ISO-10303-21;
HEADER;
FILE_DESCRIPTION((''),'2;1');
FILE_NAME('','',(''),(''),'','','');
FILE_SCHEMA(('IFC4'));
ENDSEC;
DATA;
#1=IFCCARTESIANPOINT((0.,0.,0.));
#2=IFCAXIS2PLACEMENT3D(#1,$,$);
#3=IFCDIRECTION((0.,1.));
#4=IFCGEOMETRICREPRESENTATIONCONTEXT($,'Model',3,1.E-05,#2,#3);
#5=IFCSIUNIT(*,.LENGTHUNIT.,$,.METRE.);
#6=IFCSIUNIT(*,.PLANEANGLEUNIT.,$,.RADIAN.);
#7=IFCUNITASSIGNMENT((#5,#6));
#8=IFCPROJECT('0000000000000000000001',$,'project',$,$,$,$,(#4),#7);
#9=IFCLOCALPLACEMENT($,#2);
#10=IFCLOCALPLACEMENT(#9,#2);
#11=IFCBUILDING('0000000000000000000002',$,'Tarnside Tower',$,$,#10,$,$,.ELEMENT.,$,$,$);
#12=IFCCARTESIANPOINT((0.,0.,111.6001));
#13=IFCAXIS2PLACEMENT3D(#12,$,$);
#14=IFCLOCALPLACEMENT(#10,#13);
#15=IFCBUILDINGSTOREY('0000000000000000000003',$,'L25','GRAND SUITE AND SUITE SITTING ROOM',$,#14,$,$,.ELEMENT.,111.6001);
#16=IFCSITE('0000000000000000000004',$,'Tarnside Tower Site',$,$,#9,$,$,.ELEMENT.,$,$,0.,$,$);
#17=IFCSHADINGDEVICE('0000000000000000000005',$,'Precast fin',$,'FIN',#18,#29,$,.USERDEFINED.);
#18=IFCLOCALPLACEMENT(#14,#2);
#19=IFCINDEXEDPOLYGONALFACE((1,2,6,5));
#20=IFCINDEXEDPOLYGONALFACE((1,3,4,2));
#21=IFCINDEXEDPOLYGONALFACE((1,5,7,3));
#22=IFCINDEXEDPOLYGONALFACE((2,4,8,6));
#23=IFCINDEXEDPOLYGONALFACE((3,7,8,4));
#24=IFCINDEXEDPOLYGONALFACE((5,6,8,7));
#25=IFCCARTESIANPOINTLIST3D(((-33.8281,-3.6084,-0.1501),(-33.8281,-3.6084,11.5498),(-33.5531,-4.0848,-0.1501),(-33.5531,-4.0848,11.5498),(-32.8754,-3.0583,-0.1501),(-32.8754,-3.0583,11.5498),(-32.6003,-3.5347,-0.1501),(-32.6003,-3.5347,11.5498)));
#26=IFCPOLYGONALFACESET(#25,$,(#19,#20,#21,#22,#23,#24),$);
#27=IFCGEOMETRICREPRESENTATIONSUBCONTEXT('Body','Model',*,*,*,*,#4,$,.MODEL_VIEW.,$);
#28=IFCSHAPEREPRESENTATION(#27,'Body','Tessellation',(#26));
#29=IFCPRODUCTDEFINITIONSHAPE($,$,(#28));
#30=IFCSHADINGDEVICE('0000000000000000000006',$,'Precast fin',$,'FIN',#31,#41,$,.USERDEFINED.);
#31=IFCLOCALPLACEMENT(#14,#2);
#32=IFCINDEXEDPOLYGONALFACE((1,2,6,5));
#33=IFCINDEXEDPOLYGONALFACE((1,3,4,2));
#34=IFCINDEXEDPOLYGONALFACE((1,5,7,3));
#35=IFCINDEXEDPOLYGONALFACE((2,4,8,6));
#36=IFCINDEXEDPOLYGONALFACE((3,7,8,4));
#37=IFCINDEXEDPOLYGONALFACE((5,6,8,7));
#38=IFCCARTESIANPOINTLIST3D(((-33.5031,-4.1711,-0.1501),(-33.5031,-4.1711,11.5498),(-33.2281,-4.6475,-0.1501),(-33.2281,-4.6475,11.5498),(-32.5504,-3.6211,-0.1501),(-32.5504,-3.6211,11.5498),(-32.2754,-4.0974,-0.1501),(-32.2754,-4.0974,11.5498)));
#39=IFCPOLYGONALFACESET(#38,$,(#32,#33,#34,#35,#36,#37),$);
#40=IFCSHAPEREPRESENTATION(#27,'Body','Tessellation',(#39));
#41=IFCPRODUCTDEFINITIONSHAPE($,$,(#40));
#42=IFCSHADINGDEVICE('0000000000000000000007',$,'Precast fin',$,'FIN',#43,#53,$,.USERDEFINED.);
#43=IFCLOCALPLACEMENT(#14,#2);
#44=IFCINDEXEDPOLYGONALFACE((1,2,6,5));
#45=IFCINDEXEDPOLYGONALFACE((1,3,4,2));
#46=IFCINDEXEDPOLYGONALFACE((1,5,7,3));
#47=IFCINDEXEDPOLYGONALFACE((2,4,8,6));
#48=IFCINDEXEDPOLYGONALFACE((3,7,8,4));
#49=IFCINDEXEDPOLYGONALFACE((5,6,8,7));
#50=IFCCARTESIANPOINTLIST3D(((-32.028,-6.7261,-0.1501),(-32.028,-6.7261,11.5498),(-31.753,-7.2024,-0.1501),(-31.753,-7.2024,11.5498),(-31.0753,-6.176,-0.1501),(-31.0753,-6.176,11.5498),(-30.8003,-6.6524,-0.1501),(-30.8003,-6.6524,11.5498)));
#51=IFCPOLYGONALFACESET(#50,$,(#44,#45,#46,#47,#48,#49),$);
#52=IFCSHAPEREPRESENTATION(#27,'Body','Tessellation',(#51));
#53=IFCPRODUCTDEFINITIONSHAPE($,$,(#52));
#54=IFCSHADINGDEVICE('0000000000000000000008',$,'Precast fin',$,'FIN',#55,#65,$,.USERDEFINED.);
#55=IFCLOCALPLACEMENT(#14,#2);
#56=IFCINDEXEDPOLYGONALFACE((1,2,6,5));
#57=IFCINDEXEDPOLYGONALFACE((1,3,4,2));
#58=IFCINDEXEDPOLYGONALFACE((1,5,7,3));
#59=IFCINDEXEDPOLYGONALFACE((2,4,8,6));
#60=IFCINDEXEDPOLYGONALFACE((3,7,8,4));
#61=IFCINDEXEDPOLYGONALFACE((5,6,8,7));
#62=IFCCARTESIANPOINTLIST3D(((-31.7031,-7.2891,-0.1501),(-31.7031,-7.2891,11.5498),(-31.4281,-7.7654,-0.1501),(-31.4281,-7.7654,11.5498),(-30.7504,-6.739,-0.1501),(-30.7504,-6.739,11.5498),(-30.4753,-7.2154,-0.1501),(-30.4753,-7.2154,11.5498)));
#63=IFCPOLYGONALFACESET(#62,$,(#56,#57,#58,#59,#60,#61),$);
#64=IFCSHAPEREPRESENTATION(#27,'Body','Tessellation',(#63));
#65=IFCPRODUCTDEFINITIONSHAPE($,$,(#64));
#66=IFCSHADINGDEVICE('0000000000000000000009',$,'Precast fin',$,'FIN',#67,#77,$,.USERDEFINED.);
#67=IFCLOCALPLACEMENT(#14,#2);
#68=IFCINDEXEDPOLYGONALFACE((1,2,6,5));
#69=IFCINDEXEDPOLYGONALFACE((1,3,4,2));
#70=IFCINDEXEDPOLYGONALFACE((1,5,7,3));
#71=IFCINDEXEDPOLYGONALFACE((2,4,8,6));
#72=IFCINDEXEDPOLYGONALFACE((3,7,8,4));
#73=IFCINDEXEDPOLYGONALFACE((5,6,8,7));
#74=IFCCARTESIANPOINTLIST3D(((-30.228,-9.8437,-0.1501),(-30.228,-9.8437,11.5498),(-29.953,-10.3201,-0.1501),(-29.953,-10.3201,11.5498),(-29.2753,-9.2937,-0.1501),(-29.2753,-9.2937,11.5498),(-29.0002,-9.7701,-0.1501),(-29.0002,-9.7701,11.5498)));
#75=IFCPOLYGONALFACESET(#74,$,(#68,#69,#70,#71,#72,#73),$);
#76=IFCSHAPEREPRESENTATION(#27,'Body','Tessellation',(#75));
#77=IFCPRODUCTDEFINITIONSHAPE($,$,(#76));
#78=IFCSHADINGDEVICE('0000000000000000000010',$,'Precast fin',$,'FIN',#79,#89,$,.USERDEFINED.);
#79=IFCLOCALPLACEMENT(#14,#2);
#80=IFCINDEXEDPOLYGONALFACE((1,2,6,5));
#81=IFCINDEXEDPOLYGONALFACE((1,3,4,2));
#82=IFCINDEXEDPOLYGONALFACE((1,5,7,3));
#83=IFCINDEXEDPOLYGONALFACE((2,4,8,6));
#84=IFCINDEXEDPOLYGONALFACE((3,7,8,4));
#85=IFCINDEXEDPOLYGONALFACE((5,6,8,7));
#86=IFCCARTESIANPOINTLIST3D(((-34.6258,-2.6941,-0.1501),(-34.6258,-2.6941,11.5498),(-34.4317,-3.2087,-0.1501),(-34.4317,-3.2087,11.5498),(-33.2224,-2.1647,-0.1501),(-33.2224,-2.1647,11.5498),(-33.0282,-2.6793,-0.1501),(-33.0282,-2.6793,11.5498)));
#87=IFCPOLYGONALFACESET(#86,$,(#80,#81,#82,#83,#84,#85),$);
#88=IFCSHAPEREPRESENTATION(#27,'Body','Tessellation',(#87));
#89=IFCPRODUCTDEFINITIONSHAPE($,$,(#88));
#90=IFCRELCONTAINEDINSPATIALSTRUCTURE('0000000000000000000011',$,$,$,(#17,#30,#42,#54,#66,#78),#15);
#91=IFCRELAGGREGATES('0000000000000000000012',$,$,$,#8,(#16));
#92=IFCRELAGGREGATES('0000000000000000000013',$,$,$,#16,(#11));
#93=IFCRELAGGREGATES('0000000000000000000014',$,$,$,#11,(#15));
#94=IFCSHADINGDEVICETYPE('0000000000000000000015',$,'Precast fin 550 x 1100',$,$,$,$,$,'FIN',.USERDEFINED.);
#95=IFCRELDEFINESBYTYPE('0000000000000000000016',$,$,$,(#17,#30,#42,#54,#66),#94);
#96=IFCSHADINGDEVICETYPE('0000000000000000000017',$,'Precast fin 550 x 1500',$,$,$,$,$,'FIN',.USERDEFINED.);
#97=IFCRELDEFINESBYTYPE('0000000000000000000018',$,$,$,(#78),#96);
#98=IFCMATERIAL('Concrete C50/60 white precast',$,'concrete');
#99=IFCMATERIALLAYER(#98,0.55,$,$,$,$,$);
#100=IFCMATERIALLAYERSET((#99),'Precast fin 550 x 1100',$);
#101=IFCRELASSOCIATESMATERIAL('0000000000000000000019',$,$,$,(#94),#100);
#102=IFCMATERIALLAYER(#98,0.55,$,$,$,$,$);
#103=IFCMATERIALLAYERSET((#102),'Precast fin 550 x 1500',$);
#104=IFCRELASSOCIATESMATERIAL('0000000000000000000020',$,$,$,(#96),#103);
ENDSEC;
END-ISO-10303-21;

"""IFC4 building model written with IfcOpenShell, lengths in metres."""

from ifc_helpers import new_model, si_unit, direction, frame, origin, place, context, subcontext, project, spatial, polyline, outline, extrude, material, layer, layer_set, type_object, element, save


model = new_model("IFC4")

# Units and contexts
model_context = context("Model", 3, precision=1e-05, world=origin(), true_north=direction((0.0, 1.0)))
body_context = subcontext(model_context, "Body", "Model", "MODEL_VIEW")
ifc_project = project(units=[si_unit("LENGTHUNIT", "METRE"), si_unit("PLANEANGLEUNIT", "RADIAN")], contexts=[model_context])

# Site, building, storey
site_placement = place(None, origin())
site = spatial("IfcSite", under=ifc_project, at=site_placement, Name="Tarnside Tower Site", CompositionType="ELEMENT", RefElevation=0.0)
building_placement = place(site_placement, origin())
building = spatial("IfcBuilding", under=site, at=building_placement, Name="Tarnside Tower", CompositionType="ELEMENT")
storey_placement = place(building_placement, frame((0.0, 0.0, 111.6001)))
storey = spatial("IfcBuildingStorey", under=building, at=storey_placement, Name="L25", Description="GRAND SUITE AND SUITE SITTING ROOM", CompositionType="ELEMENT", Elevation=111.6001)

# Shading devices
ifc_material_1 = material(Name="Concrete C50/60 white precast", Category="concrete")
ifc_layer_1 = layer(ifc_material_1, 0.55)
ifc_layer_set_1 = layer_set([ifc_layer_1], Name="Precast fin 550 x 1100")
shading_device_type_1 = type_object("IfcShadingDeviceType", Name="Precast fin 550 x 1100", ElementType="FIN", PredefinedType="USERDEFINED", material=ifc_layer_set_1)
for number, where, z_axis, x_axis, name in (
    (1, (-32.7378, -3.2966, -0.1501), (-0.5, 0.866025, 0.0), (-0.866025, -0.5, 0.0), "Precast fin"),
    (2, (-32.4128, -3.8594, -0.1501), (-0.5, 0.866025, 0.0), (-0.866025, -0.5, 0.0), "Precast fin"),
    (3, (-30.9377, -6.4143, -0.1501), (-0.5, 0.866025, 0.0), (-0.866025, -0.5, 0.0), "Precast fin"),
    (4, (-30.6128, -6.9773, -0.1501), (-0.5, 0.866025, 0.0), (-0.866025, -0.5, 0.0), "Precast fin"),
    (5, (-29.1377, -9.532, -0.1501), (-0.5, 0.866025, 0.0), (-0.866025, -0.5, 0.0), "Precast fin"),
):
    element("IfcShadingDevice", number, at=place(storey_placement, frame(where, z_axis=z_axis, x_axis=x_axis)), inside=storey, type_object=shading_device_type_1, Name=name, ObjectType="FIN", PredefinedType="USERDEFINED", context=body_context, shape_type="SweptSolid", body=[
        extrude(outline(polyline([(0.0, 0.0), (1.1001, 0.0), (1.1001, 11.7), (0.0, 11.7), (0.0, 0.0)])), frame((0.0, 0.0, -0.2749)), (0.0, 0.0, 1.0), 0.55),
    ])
ifc_layer_2 = layer(ifc_material_1, 0.55)
ifc_layer_set_2 = layer_set([ifc_layer_2], Name="Precast fin 550 x 1500")
shading_device_type_2 = type_object("IfcShadingDeviceType", Name="Precast fin 550 x 1500", ElementType="FIN", PredefinedType="USERDEFINED", material=ifc_layer_set_2)
shading_device_placement = place(storey_placement, frame((-33.1252, -2.4221, -0.1501), z_axis=(-0.352931, 0.93565, 0.0), x_axis=(-0.93565, -0.352931, 0.0)))
element("IfcShadingDevice", 6, at=shading_device_placement, inside=storey, type_object=shading_device_type_2, Name="Precast fin", ObjectType="FIN", PredefinedType="USERDEFINED", context=body_context, shape_type="SweptSolid", body=[
    extrude(outline(polyline([(0.0, 0.0), (1.5, 0.0), (1.5, 11.7), (0.0, 11.7), (0.0, 0.0)])), frame((0.0, 0.0, -0.2749)), (0.0, 0.0, 1.0), 0.55),
])

save(model, "model.ifc")
